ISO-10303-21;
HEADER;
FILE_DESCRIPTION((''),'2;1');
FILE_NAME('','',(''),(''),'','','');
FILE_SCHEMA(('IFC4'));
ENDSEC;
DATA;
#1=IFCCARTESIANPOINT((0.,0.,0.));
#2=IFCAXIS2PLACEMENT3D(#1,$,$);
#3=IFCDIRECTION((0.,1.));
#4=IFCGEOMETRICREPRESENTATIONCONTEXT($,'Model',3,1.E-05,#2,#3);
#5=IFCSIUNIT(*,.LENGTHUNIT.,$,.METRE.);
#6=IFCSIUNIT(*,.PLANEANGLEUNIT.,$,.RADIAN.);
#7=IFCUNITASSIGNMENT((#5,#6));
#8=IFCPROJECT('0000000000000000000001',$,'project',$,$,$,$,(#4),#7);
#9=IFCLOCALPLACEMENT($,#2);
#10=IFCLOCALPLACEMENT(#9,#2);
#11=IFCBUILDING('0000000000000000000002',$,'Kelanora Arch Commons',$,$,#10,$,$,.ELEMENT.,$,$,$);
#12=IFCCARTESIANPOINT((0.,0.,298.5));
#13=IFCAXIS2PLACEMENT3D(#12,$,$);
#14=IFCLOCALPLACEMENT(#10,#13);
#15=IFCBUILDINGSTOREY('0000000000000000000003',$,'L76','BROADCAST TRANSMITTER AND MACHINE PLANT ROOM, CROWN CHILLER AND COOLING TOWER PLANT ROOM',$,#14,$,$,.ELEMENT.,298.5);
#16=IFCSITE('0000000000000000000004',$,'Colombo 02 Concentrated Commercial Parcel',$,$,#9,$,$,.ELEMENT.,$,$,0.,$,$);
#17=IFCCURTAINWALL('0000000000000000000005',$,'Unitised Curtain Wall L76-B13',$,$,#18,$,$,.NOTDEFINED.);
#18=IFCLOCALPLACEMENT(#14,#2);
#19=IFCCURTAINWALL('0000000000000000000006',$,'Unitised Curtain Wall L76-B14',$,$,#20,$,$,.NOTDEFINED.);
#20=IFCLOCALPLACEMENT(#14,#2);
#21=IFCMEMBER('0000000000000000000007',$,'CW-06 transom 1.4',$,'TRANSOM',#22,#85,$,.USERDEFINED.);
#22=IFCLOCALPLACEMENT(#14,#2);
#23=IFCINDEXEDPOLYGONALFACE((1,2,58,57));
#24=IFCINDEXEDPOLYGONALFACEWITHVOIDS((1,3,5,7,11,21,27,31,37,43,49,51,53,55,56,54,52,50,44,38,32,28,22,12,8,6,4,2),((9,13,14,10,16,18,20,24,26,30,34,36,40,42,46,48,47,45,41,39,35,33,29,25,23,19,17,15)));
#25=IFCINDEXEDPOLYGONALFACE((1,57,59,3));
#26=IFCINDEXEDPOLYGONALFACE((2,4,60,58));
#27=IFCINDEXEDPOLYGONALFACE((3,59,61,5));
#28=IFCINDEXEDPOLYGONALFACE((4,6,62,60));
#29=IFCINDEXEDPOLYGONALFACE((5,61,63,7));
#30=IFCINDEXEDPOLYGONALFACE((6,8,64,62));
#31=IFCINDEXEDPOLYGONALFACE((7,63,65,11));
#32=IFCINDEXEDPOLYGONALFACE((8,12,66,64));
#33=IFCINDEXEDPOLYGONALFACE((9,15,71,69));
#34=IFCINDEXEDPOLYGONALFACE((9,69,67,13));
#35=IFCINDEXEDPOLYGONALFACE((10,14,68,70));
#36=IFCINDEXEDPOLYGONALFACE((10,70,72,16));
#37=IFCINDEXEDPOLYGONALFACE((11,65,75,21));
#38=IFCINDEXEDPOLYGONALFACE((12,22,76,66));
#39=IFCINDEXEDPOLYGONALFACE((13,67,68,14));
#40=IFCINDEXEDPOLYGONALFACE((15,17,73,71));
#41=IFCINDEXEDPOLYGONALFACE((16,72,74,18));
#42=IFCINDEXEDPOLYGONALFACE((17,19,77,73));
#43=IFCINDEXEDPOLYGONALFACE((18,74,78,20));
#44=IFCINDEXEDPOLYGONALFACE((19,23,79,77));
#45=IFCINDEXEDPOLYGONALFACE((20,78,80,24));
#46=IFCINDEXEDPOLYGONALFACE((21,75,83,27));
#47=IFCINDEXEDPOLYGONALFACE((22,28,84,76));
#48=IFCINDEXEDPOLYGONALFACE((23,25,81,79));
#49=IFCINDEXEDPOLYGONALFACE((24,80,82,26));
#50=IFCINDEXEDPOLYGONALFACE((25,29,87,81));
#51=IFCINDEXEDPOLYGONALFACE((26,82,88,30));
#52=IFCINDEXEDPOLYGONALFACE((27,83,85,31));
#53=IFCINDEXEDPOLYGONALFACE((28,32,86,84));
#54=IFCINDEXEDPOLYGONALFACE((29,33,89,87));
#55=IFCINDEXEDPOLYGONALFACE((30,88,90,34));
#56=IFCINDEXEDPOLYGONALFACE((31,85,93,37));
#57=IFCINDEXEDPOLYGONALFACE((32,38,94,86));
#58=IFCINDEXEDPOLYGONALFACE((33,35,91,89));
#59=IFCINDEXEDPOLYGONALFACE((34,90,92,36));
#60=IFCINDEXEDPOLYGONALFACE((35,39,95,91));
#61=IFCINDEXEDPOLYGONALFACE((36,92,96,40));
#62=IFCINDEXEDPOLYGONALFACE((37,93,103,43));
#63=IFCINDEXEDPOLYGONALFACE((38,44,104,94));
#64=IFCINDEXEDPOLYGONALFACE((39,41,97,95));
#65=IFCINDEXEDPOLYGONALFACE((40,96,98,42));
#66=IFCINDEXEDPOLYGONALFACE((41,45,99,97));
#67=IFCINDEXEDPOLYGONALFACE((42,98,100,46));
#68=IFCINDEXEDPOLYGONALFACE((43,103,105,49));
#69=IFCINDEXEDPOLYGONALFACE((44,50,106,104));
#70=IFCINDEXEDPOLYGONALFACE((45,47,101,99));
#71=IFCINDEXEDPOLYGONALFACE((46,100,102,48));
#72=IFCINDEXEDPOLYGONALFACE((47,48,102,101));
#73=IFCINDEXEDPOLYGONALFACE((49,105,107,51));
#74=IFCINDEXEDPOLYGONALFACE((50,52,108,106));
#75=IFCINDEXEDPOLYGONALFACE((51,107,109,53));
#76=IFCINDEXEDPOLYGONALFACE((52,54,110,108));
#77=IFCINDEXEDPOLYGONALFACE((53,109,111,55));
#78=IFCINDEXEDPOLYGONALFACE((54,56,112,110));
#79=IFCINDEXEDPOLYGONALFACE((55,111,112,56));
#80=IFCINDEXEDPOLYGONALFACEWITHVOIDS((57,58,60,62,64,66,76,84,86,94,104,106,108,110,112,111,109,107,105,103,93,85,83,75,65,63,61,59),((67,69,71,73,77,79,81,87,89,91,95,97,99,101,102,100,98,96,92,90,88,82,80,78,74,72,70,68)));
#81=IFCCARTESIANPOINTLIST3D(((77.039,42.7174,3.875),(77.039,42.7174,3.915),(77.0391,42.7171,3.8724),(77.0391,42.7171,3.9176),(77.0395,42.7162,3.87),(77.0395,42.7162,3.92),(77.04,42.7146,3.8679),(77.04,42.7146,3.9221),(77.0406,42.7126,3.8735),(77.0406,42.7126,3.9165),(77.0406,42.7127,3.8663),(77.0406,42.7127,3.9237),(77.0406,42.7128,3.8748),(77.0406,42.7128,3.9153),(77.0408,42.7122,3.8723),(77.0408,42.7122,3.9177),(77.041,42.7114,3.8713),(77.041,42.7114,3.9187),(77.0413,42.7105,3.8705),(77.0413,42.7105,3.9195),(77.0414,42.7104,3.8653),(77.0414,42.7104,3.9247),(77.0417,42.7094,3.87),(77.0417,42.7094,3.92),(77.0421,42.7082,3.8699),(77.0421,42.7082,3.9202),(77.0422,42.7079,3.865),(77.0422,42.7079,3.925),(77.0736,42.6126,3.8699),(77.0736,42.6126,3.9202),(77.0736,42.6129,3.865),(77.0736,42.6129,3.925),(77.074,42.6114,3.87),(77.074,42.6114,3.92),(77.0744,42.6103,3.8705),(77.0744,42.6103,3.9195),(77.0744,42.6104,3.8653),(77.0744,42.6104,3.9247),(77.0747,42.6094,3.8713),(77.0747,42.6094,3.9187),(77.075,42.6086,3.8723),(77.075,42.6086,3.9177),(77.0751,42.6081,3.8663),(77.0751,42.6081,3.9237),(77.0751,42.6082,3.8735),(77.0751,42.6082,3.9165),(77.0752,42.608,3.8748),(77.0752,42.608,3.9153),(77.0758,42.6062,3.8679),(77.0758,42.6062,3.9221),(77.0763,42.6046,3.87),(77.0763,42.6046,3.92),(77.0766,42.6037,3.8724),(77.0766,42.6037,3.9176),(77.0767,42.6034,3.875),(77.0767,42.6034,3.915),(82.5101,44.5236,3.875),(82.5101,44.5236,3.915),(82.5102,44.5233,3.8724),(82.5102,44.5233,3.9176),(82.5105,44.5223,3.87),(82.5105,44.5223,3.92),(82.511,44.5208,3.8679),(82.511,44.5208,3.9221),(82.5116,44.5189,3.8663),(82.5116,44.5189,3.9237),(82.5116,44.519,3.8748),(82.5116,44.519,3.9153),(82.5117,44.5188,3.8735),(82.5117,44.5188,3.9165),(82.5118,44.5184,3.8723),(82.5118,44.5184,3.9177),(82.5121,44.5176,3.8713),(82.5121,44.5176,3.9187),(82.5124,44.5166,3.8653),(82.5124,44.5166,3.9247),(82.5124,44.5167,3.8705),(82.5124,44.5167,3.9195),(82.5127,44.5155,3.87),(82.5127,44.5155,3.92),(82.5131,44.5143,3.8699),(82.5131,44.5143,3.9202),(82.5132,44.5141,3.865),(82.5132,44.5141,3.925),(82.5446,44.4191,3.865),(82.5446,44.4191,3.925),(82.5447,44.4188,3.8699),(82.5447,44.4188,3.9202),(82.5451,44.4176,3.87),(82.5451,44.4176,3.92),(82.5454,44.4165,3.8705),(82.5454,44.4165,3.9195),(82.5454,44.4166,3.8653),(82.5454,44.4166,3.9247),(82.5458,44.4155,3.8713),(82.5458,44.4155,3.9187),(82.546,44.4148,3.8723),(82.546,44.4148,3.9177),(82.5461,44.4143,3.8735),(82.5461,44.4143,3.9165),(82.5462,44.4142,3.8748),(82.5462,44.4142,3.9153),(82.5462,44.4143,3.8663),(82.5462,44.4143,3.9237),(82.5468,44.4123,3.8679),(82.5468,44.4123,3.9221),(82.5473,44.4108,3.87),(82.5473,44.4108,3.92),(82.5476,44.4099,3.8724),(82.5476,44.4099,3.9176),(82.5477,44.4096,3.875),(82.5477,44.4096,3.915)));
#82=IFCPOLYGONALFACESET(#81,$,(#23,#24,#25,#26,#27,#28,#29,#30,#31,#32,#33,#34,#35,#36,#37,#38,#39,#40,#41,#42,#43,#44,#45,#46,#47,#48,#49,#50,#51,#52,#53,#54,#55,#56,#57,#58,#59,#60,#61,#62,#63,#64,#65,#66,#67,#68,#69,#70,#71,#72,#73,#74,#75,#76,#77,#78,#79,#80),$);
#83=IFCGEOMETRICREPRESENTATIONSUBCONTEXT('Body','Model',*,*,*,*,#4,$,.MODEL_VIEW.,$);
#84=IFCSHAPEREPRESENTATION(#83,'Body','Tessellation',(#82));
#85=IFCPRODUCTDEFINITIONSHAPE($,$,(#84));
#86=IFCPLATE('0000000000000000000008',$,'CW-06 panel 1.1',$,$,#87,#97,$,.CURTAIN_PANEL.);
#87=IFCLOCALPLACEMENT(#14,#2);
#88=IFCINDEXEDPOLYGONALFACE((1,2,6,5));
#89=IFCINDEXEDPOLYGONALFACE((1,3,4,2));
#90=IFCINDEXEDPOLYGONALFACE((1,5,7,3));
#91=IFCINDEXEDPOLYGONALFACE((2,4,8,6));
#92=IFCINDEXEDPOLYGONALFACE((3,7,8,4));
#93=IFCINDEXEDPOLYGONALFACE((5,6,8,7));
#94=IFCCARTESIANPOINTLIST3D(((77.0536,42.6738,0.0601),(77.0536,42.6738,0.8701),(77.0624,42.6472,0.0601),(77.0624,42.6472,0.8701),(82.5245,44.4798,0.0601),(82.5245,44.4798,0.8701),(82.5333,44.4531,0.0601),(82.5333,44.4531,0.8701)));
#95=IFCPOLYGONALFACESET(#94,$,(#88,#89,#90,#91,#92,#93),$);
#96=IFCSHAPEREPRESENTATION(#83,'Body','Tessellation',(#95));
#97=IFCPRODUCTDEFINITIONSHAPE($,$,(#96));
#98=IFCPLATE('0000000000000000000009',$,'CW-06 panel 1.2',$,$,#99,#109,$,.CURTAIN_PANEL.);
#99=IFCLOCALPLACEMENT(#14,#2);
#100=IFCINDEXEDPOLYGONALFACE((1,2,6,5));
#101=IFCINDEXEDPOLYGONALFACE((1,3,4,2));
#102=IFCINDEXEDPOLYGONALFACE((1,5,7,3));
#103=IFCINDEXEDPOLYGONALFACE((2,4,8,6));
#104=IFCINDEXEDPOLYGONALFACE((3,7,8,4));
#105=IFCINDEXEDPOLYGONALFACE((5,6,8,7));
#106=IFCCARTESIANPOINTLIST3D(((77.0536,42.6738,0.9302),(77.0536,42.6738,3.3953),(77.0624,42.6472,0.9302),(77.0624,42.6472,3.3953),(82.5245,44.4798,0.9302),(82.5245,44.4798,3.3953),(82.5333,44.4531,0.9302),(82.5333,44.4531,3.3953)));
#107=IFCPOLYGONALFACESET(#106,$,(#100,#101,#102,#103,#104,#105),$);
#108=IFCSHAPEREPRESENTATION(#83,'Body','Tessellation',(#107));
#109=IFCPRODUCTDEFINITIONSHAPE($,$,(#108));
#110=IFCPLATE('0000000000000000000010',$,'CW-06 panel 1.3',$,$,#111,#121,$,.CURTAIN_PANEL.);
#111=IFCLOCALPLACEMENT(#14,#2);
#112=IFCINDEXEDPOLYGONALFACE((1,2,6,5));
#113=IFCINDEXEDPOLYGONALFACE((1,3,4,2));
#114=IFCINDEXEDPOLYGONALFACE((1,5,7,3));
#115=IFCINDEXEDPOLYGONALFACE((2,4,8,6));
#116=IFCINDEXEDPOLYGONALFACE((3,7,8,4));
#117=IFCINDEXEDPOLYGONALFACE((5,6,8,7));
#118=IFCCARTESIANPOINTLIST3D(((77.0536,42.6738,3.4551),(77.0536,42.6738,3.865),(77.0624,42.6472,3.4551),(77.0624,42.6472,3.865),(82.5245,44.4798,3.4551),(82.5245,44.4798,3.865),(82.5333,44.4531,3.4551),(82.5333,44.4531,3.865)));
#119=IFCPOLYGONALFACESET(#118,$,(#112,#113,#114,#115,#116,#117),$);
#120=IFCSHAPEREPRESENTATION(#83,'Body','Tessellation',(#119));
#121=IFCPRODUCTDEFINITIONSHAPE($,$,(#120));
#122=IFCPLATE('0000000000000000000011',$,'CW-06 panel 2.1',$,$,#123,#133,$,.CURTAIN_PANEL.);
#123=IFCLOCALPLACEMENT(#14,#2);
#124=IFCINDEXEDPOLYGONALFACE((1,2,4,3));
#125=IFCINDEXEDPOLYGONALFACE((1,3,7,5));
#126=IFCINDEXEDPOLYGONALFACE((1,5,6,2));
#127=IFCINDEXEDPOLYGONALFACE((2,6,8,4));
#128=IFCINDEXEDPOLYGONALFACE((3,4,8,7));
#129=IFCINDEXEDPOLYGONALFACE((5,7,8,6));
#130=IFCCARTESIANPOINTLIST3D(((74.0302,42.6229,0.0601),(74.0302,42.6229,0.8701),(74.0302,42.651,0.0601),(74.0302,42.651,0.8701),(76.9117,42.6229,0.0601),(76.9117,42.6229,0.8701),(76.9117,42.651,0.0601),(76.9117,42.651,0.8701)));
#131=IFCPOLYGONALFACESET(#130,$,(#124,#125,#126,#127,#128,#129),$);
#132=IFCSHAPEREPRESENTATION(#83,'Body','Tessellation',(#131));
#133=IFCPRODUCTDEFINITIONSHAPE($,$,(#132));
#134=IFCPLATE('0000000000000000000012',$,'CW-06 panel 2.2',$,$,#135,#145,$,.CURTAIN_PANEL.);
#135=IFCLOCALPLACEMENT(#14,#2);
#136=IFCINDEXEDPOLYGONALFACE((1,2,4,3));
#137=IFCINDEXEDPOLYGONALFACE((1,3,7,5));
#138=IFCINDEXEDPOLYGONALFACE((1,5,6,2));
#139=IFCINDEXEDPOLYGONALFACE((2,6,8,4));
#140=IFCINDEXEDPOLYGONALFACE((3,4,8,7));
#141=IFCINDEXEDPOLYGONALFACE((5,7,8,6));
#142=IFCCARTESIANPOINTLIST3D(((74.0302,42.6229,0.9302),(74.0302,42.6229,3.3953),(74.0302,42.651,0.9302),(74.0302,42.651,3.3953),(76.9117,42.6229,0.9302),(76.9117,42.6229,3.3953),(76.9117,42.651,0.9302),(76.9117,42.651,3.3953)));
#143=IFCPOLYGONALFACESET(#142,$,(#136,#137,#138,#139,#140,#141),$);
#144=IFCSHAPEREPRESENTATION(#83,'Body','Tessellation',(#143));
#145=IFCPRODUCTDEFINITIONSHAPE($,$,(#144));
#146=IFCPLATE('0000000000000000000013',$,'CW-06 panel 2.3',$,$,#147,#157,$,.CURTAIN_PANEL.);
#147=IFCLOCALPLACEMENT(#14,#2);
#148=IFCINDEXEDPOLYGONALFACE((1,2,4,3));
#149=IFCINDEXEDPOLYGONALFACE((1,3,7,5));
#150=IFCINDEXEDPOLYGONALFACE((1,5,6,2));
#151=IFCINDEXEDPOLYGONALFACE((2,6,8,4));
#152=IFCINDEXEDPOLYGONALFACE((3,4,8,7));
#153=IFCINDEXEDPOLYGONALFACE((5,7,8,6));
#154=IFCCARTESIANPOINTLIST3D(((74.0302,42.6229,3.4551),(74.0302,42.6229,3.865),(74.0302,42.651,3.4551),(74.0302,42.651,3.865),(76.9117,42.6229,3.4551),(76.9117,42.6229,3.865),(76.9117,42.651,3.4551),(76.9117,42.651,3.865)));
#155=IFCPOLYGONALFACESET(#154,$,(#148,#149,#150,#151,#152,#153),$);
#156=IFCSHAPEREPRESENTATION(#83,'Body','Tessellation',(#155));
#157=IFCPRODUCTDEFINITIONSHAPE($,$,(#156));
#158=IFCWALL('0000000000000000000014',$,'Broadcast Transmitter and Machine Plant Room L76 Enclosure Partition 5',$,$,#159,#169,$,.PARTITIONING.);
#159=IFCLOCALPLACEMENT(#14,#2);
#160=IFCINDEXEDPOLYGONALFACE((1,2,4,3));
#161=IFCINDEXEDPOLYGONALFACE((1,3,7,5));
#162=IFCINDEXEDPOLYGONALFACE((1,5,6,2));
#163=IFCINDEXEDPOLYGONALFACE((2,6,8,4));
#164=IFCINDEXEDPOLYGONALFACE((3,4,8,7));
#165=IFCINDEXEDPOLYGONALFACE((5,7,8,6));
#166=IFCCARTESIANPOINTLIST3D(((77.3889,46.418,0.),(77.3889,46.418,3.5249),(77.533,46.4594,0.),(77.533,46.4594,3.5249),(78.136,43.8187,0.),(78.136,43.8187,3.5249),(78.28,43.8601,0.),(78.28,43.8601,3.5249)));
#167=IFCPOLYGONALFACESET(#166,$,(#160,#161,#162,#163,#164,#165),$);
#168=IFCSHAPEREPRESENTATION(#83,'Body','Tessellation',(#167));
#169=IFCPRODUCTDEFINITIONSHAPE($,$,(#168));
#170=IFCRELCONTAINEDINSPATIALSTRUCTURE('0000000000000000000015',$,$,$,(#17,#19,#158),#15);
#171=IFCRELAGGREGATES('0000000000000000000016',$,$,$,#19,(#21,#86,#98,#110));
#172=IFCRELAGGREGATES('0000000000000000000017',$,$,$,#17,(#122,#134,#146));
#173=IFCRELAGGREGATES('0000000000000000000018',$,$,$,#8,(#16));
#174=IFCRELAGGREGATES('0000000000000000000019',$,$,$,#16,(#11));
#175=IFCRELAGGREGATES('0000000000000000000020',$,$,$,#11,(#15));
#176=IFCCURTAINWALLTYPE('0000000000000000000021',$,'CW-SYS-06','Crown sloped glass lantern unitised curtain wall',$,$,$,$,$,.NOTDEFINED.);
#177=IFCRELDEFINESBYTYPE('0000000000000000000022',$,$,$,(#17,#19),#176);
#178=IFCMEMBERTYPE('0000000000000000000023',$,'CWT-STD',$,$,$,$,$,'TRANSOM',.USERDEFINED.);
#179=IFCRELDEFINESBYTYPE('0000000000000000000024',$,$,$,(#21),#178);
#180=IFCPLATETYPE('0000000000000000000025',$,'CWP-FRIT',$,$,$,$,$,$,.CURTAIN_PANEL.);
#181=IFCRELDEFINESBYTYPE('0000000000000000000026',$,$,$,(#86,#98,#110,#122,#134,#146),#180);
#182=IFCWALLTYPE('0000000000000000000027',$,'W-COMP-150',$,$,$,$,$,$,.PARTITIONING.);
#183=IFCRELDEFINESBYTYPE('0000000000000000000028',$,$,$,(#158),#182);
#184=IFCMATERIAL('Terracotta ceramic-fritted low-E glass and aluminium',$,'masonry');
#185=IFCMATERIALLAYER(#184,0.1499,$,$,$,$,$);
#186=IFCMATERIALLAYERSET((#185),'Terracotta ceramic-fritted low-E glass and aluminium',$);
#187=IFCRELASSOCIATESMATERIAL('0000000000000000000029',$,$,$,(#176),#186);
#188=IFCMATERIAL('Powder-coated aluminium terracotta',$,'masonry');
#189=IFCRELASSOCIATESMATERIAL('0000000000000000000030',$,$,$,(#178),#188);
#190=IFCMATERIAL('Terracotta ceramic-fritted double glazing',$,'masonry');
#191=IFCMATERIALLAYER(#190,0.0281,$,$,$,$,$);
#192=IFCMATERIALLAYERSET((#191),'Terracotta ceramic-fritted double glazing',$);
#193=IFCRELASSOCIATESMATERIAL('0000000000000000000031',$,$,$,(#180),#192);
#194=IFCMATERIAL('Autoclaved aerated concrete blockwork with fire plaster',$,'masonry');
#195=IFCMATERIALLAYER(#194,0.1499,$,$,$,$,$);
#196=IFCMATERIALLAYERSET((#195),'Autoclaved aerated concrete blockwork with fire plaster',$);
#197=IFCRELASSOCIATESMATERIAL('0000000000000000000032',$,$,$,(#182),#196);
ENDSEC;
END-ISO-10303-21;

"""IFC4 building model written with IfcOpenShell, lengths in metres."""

from ifc_helpers import new_model, si_unit, direction, frame, frame_2d, origin, origin_2d, place, context, subcontext, project, spatial, rectangle, hollow_rectangle, extrude, source, transform, mapped, material, layer, layer_set, material_profile, profile_set, type_object, element, aggregate, save


model = new_model("IFC4")

# Units and contexts
model_context = context("Model", 3, precision=1e-05, world=origin(), true_north=direction((0.0, 1.0)))
body_context = subcontext(model_context, "Body", "Model", "MODEL_VIEW")
ifc_project = project(units=[si_unit("LENGTHUNIT", "METRE"), si_unit("PLANEANGLEUNIT", "RADIAN")], contexts=[model_context])

# Site, building, storey
site_placement = place(None, origin())
site = spatial("IfcSite", under=ifc_project, at=site_placement, Name="Colombo 02 Concentrated Commercial Parcel", CompositionType="ELEMENT", RefElevation=0.0)
building_placement = place(site_placement, origin())
building = spatial("IfcBuilding", under=site, at=building_placement, Name="Kelanora Arch Commons", CompositionType="ELEMENT")
storey_placement = place(building_placement, frame((0.0, 0.0, 298.5)))
storey = spatial("IfcBuildingStorey", under=building, at=storey_placement, Name="L76", Description="BROADCAST TRANSMITTER AND MACHINE PLANT ROOM, CROWN CHILLER AND COOLING TOWER PLANT ROOM", CompositionType="ELEMENT", Elevation=298.5)

# Curtain wall
ifc_material_1 = material(Name="Terracotta ceramic-fritted low-E glass and aluminium", Category="masonry")
ifc_layer_1 = layer(ifc_material_1, 0.1499)
ifc_layer_set_1 = layer_set([ifc_layer_1], Name="Terracotta ceramic-fritted low-E glass and aluminium")
curtain_wall_type = type_object("IfcCurtainWallType", Name="CW-SYS-06", Description="Crown sloped glass lantern unitised curtain wall", PredefinedType="NOTDEFINED", material=ifc_layer_set_1)
curtain_wall_1_placement = place(storey_placement, origin())
curtain_wall_1 = element("IfcCurtainWall", 1, at=curtain_wall_1_placement, inside=storey, type_object=curtain_wall_type, Name="Unitised Curtain Wall L76-B13", PredefinedType="NOTDEFINED")
ifc_material_2 = material(Name="Powder-coated aluminium terracotta", Category="masonry")

# Curtain wall
curtain_wall_2_placement = place(storey_placement, origin())
curtain_wall_2 = element("IfcCurtainWall", 2, at=curtain_wall_2_placement, inside=storey, type_object=curtain_wall_type, Name="Unitised Curtain Wall L76-B14", PredefinedType="NOTDEFINED")

# Member
ifc_material_profile_1 = material_profile(ifc_material_2, hollow_rectangle(XDim=0.1201, YDim=0.0601, WallThickness=0.0049, InnerFilletRadius=0.0049, OuterFilletRadius=0.01, at=origin_2d()), Name="CWT120x60")
ifc_profile_set_1 = profile_set([ifc_material_profile_1], Name="Powder-coated aluminium terracotta")
member_type_1 = type_object("IfcMemberType", Name="CWT-STD", ElementType="TRANSOM", PredefinedType="USERDEFINED", material=ifc_profile_set_1)
member_1_placement = place(storey_placement, frame((77.0579, 42.6604, 3.895), z_axis=(0.94959, 0.313493, 0.0), x_axis=(-0.313493, 0.94959, 0.0)))
member_1 = element("IfcMember", 3, at=member_1_placement, type_object=member_type_1, Name="CW-06 transom 1.4", ObjectType="TRANSOM", PredefinedType="USERDEFINED", context=body_context, shape_type="SweptSolid", body=[
    extrude(hollow_rectangle(XDim=0.1201, YDim=0.0601, WallThickness=0.0049, InnerFilletRadius=0.0049, OuterFilletRadius=0.01, at=origin_2d()), origin(), (0.0, 0.0, 1.0), 5.7615),
])

# Plates
ifc_material_3 = material(Name="Terracotta ceramic-fritted double glazing", Category="masonry")
ifc_layer_2 = layer(ifc_material_3, 0.0281)
ifc_layer_set_2 = layer_set([ifc_layer_2], Name="Terracotta ceramic-fritted double glazing")
plate_type = type_object("IfcPlateType", Name="CWP-FRIT", PredefinedType="CURTAIN_PANEL", material=ifc_layer_set_2)
shared_shape_1 = source(origin(), body_context, "Body", "SweptSolid", [
    extrude(rectangle(XDim=5.7612, YDim=0.0281, at=origin_2d()), origin(), (0.0, 0.0, 1.0), 0.8101),
])
plate_1_placement = place(storey_placement, frame((79.7935, 43.5635, 0.0601), z_axis=(0.0, 0.0, 1.0), x_axis=(0.949599, 0.313467, 0.0)))
plate_1 = element("IfcPlate", 4, at=plate_1_placement, type_object=plate_type, Name="CW-06 panel 1.1", PredefinedType="CURTAIN_PANEL", context=body_context, shape_type="MappedRepresentation", body=[
    mapped(shared_shape_1, transform((0.0, 0.0, 0.0), scale=1.0)),
])
shared_shape_2 = source(origin(), body_context, "Body", "SweptSolid", [
    extrude(rectangle(XDim=5.7612, YDim=0.0281, at=origin_2d()), origin(), (0.0, 0.0, 1.0), 2.4651),
])
plate_2_placement = place(storey_placement, frame((79.7935, 43.5635, 0.9302), z_axis=(0.0, 0.0, 1.0), x_axis=(0.949599, 0.313467, 0.0)))
plate_2 = element("IfcPlate", 5, at=plate_2_placement, type_object=plate_type, Name="CW-06 panel 1.2", PredefinedType="CURTAIN_PANEL", context=body_context, shape_type="MappedRepresentation", body=[
    mapped(shared_shape_2, transform((0.0, 0.0, 0.0), scale=1.0)),
])
shared_shape_3 = source(origin(), body_context, "Body", "SweptSolid", [
    extrude(rectangle(XDim=5.7612, YDim=0.0281, at=origin_2d()), origin(), (0.0, 0.0, 1.0), 0.4099),
])
plate_3_placement = place(storey_placement, frame((79.7935, 43.5635, 3.4551), z_axis=(0.0, 0.0, 1.0), x_axis=(0.949599, 0.313467, 0.0)))
plate_3 = element("IfcPlate", 6, at=plate_3_placement, type_object=plate_type, Name="CW-06 panel 1.3", PredefinedType="CURTAIN_PANEL", context=body_context, shape_type="MappedRepresentation", body=[
    mapped(shared_shape_3, transform((0.0, 0.0, 0.0), scale=1.0)),
])
aggregate(curtain_wall_2, [member_1, plate_1, plate_2, plate_3])
shared_shape_4 = source(origin(), body_context, "Body", "SweptSolid", [
    extrude(rectangle(XDim=2.8816, YDim=0.0281, at=origin_2d()), origin(), (0.0, 0.0, 1.0), 0.8101),
])
plate_4_placement = place(storey_placement, frame((75.4709, 42.637, 0.0601), z_axis=(0.0, 0.0, 1.0), x_axis=(1.0, 0.0, 0.0)))
plate_4 = element("IfcPlate", 7, at=plate_4_placement, type_object=plate_type, Name="CW-06 panel 2.1", PredefinedType="CURTAIN_PANEL", context=body_context, shape_type="MappedRepresentation", body=[
    mapped(shared_shape_4, transform((0.0, 0.0, 0.0), scale=1.0)),
])
shared_shape_5 = source(origin(), body_context, "Body", "SweptSolid", [
    extrude(rectangle(XDim=2.8816, YDim=0.0281, at=origin_2d()), origin(), (0.0, 0.0, 1.0), 2.4651),
])
plate_5_placement = place(storey_placement, frame((75.4709, 42.637, 0.9302), z_axis=(0.0, 0.0, 1.0), x_axis=(1.0, 0.0, 0.0)))
plate_5 = element("IfcPlate", 8, at=plate_5_placement, type_object=plate_type, Name="CW-06 panel 2.2", PredefinedType="CURTAIN_PANEL", context=body_context, shape_type="MappedRepresentation", body=[
    mapped(shared_shape_5, transform((0.0, 0.0, 0.0), scale=1.0)),
])
shared_shape_6 = source(origin(), body_context, "Body", "SweptSolid", [
    extrude(rectangle(XDim=2.8816, YDim=0.0281, at=origin_2d()), origin(), (0.0, 0.0, 1.0), 0.4099),
])
plate_6_placement = place(storey_placement, frame((75.4709, 42.637, 3.4551), z_axis=(0.0, 0.0, 1.0), x_axis=(1.0, 0.0, 0.0)))
plate_6 = element("IfcPlate", 9, at=plate_6_placement, type_object=plate_type, Name="CW-06 panel 2.3", PredefinedType="CURTAIN_PANEL", context=body_context, shape_type="MappedRepresentation", body=[
    mapped(shared_shape_6, transform((0.0, 0.0, 0.0), scale=1.0)),
])
aggregate(curtain_wall_1, [plate_4, plate_5, plate_6])

# Wall
ifc_material_4 = material(Name="Autoclaved aerated concrete blockwork with fire plaster", Category="masonry")
ifc_layer_3 = layer(ifc_material_4, 0.1499)
ifc_layer_set_3 = layer_set([ifc_layer_3], Name="Autoclaved aerated concrete blockwork with fire plaster")
wall_type = type_object("IfcWallType", Name="W-COMP-150", PredefinedType="PARTITIONING", material=ifc_layer_set_3)
wall_placement = place(storey_placement, frame((77.4609, 46.4387, 0.0), z_axis=(0.0, 0.0, 1.0), x_axis=(0.276223, -0.961094, 0.0)))
element("IfcWall", 10, at=wall_placement, inside=storey, type_object=wall_type, Name="Broadcast Transmitter and Machine Plant Room L76 Enclosure Partition 5", PredefinedType="PARTITIONING", context=body_context, shape_type="SweptSolid", body=[
    extrude(rectangle(XDim=2.7046, YDim=0.1499, at=frame_2d((1.3523, 0.0))), origin(), (0.0, 0.0, 1.0), 3.5249),
])

save(model, "model.ifc")
